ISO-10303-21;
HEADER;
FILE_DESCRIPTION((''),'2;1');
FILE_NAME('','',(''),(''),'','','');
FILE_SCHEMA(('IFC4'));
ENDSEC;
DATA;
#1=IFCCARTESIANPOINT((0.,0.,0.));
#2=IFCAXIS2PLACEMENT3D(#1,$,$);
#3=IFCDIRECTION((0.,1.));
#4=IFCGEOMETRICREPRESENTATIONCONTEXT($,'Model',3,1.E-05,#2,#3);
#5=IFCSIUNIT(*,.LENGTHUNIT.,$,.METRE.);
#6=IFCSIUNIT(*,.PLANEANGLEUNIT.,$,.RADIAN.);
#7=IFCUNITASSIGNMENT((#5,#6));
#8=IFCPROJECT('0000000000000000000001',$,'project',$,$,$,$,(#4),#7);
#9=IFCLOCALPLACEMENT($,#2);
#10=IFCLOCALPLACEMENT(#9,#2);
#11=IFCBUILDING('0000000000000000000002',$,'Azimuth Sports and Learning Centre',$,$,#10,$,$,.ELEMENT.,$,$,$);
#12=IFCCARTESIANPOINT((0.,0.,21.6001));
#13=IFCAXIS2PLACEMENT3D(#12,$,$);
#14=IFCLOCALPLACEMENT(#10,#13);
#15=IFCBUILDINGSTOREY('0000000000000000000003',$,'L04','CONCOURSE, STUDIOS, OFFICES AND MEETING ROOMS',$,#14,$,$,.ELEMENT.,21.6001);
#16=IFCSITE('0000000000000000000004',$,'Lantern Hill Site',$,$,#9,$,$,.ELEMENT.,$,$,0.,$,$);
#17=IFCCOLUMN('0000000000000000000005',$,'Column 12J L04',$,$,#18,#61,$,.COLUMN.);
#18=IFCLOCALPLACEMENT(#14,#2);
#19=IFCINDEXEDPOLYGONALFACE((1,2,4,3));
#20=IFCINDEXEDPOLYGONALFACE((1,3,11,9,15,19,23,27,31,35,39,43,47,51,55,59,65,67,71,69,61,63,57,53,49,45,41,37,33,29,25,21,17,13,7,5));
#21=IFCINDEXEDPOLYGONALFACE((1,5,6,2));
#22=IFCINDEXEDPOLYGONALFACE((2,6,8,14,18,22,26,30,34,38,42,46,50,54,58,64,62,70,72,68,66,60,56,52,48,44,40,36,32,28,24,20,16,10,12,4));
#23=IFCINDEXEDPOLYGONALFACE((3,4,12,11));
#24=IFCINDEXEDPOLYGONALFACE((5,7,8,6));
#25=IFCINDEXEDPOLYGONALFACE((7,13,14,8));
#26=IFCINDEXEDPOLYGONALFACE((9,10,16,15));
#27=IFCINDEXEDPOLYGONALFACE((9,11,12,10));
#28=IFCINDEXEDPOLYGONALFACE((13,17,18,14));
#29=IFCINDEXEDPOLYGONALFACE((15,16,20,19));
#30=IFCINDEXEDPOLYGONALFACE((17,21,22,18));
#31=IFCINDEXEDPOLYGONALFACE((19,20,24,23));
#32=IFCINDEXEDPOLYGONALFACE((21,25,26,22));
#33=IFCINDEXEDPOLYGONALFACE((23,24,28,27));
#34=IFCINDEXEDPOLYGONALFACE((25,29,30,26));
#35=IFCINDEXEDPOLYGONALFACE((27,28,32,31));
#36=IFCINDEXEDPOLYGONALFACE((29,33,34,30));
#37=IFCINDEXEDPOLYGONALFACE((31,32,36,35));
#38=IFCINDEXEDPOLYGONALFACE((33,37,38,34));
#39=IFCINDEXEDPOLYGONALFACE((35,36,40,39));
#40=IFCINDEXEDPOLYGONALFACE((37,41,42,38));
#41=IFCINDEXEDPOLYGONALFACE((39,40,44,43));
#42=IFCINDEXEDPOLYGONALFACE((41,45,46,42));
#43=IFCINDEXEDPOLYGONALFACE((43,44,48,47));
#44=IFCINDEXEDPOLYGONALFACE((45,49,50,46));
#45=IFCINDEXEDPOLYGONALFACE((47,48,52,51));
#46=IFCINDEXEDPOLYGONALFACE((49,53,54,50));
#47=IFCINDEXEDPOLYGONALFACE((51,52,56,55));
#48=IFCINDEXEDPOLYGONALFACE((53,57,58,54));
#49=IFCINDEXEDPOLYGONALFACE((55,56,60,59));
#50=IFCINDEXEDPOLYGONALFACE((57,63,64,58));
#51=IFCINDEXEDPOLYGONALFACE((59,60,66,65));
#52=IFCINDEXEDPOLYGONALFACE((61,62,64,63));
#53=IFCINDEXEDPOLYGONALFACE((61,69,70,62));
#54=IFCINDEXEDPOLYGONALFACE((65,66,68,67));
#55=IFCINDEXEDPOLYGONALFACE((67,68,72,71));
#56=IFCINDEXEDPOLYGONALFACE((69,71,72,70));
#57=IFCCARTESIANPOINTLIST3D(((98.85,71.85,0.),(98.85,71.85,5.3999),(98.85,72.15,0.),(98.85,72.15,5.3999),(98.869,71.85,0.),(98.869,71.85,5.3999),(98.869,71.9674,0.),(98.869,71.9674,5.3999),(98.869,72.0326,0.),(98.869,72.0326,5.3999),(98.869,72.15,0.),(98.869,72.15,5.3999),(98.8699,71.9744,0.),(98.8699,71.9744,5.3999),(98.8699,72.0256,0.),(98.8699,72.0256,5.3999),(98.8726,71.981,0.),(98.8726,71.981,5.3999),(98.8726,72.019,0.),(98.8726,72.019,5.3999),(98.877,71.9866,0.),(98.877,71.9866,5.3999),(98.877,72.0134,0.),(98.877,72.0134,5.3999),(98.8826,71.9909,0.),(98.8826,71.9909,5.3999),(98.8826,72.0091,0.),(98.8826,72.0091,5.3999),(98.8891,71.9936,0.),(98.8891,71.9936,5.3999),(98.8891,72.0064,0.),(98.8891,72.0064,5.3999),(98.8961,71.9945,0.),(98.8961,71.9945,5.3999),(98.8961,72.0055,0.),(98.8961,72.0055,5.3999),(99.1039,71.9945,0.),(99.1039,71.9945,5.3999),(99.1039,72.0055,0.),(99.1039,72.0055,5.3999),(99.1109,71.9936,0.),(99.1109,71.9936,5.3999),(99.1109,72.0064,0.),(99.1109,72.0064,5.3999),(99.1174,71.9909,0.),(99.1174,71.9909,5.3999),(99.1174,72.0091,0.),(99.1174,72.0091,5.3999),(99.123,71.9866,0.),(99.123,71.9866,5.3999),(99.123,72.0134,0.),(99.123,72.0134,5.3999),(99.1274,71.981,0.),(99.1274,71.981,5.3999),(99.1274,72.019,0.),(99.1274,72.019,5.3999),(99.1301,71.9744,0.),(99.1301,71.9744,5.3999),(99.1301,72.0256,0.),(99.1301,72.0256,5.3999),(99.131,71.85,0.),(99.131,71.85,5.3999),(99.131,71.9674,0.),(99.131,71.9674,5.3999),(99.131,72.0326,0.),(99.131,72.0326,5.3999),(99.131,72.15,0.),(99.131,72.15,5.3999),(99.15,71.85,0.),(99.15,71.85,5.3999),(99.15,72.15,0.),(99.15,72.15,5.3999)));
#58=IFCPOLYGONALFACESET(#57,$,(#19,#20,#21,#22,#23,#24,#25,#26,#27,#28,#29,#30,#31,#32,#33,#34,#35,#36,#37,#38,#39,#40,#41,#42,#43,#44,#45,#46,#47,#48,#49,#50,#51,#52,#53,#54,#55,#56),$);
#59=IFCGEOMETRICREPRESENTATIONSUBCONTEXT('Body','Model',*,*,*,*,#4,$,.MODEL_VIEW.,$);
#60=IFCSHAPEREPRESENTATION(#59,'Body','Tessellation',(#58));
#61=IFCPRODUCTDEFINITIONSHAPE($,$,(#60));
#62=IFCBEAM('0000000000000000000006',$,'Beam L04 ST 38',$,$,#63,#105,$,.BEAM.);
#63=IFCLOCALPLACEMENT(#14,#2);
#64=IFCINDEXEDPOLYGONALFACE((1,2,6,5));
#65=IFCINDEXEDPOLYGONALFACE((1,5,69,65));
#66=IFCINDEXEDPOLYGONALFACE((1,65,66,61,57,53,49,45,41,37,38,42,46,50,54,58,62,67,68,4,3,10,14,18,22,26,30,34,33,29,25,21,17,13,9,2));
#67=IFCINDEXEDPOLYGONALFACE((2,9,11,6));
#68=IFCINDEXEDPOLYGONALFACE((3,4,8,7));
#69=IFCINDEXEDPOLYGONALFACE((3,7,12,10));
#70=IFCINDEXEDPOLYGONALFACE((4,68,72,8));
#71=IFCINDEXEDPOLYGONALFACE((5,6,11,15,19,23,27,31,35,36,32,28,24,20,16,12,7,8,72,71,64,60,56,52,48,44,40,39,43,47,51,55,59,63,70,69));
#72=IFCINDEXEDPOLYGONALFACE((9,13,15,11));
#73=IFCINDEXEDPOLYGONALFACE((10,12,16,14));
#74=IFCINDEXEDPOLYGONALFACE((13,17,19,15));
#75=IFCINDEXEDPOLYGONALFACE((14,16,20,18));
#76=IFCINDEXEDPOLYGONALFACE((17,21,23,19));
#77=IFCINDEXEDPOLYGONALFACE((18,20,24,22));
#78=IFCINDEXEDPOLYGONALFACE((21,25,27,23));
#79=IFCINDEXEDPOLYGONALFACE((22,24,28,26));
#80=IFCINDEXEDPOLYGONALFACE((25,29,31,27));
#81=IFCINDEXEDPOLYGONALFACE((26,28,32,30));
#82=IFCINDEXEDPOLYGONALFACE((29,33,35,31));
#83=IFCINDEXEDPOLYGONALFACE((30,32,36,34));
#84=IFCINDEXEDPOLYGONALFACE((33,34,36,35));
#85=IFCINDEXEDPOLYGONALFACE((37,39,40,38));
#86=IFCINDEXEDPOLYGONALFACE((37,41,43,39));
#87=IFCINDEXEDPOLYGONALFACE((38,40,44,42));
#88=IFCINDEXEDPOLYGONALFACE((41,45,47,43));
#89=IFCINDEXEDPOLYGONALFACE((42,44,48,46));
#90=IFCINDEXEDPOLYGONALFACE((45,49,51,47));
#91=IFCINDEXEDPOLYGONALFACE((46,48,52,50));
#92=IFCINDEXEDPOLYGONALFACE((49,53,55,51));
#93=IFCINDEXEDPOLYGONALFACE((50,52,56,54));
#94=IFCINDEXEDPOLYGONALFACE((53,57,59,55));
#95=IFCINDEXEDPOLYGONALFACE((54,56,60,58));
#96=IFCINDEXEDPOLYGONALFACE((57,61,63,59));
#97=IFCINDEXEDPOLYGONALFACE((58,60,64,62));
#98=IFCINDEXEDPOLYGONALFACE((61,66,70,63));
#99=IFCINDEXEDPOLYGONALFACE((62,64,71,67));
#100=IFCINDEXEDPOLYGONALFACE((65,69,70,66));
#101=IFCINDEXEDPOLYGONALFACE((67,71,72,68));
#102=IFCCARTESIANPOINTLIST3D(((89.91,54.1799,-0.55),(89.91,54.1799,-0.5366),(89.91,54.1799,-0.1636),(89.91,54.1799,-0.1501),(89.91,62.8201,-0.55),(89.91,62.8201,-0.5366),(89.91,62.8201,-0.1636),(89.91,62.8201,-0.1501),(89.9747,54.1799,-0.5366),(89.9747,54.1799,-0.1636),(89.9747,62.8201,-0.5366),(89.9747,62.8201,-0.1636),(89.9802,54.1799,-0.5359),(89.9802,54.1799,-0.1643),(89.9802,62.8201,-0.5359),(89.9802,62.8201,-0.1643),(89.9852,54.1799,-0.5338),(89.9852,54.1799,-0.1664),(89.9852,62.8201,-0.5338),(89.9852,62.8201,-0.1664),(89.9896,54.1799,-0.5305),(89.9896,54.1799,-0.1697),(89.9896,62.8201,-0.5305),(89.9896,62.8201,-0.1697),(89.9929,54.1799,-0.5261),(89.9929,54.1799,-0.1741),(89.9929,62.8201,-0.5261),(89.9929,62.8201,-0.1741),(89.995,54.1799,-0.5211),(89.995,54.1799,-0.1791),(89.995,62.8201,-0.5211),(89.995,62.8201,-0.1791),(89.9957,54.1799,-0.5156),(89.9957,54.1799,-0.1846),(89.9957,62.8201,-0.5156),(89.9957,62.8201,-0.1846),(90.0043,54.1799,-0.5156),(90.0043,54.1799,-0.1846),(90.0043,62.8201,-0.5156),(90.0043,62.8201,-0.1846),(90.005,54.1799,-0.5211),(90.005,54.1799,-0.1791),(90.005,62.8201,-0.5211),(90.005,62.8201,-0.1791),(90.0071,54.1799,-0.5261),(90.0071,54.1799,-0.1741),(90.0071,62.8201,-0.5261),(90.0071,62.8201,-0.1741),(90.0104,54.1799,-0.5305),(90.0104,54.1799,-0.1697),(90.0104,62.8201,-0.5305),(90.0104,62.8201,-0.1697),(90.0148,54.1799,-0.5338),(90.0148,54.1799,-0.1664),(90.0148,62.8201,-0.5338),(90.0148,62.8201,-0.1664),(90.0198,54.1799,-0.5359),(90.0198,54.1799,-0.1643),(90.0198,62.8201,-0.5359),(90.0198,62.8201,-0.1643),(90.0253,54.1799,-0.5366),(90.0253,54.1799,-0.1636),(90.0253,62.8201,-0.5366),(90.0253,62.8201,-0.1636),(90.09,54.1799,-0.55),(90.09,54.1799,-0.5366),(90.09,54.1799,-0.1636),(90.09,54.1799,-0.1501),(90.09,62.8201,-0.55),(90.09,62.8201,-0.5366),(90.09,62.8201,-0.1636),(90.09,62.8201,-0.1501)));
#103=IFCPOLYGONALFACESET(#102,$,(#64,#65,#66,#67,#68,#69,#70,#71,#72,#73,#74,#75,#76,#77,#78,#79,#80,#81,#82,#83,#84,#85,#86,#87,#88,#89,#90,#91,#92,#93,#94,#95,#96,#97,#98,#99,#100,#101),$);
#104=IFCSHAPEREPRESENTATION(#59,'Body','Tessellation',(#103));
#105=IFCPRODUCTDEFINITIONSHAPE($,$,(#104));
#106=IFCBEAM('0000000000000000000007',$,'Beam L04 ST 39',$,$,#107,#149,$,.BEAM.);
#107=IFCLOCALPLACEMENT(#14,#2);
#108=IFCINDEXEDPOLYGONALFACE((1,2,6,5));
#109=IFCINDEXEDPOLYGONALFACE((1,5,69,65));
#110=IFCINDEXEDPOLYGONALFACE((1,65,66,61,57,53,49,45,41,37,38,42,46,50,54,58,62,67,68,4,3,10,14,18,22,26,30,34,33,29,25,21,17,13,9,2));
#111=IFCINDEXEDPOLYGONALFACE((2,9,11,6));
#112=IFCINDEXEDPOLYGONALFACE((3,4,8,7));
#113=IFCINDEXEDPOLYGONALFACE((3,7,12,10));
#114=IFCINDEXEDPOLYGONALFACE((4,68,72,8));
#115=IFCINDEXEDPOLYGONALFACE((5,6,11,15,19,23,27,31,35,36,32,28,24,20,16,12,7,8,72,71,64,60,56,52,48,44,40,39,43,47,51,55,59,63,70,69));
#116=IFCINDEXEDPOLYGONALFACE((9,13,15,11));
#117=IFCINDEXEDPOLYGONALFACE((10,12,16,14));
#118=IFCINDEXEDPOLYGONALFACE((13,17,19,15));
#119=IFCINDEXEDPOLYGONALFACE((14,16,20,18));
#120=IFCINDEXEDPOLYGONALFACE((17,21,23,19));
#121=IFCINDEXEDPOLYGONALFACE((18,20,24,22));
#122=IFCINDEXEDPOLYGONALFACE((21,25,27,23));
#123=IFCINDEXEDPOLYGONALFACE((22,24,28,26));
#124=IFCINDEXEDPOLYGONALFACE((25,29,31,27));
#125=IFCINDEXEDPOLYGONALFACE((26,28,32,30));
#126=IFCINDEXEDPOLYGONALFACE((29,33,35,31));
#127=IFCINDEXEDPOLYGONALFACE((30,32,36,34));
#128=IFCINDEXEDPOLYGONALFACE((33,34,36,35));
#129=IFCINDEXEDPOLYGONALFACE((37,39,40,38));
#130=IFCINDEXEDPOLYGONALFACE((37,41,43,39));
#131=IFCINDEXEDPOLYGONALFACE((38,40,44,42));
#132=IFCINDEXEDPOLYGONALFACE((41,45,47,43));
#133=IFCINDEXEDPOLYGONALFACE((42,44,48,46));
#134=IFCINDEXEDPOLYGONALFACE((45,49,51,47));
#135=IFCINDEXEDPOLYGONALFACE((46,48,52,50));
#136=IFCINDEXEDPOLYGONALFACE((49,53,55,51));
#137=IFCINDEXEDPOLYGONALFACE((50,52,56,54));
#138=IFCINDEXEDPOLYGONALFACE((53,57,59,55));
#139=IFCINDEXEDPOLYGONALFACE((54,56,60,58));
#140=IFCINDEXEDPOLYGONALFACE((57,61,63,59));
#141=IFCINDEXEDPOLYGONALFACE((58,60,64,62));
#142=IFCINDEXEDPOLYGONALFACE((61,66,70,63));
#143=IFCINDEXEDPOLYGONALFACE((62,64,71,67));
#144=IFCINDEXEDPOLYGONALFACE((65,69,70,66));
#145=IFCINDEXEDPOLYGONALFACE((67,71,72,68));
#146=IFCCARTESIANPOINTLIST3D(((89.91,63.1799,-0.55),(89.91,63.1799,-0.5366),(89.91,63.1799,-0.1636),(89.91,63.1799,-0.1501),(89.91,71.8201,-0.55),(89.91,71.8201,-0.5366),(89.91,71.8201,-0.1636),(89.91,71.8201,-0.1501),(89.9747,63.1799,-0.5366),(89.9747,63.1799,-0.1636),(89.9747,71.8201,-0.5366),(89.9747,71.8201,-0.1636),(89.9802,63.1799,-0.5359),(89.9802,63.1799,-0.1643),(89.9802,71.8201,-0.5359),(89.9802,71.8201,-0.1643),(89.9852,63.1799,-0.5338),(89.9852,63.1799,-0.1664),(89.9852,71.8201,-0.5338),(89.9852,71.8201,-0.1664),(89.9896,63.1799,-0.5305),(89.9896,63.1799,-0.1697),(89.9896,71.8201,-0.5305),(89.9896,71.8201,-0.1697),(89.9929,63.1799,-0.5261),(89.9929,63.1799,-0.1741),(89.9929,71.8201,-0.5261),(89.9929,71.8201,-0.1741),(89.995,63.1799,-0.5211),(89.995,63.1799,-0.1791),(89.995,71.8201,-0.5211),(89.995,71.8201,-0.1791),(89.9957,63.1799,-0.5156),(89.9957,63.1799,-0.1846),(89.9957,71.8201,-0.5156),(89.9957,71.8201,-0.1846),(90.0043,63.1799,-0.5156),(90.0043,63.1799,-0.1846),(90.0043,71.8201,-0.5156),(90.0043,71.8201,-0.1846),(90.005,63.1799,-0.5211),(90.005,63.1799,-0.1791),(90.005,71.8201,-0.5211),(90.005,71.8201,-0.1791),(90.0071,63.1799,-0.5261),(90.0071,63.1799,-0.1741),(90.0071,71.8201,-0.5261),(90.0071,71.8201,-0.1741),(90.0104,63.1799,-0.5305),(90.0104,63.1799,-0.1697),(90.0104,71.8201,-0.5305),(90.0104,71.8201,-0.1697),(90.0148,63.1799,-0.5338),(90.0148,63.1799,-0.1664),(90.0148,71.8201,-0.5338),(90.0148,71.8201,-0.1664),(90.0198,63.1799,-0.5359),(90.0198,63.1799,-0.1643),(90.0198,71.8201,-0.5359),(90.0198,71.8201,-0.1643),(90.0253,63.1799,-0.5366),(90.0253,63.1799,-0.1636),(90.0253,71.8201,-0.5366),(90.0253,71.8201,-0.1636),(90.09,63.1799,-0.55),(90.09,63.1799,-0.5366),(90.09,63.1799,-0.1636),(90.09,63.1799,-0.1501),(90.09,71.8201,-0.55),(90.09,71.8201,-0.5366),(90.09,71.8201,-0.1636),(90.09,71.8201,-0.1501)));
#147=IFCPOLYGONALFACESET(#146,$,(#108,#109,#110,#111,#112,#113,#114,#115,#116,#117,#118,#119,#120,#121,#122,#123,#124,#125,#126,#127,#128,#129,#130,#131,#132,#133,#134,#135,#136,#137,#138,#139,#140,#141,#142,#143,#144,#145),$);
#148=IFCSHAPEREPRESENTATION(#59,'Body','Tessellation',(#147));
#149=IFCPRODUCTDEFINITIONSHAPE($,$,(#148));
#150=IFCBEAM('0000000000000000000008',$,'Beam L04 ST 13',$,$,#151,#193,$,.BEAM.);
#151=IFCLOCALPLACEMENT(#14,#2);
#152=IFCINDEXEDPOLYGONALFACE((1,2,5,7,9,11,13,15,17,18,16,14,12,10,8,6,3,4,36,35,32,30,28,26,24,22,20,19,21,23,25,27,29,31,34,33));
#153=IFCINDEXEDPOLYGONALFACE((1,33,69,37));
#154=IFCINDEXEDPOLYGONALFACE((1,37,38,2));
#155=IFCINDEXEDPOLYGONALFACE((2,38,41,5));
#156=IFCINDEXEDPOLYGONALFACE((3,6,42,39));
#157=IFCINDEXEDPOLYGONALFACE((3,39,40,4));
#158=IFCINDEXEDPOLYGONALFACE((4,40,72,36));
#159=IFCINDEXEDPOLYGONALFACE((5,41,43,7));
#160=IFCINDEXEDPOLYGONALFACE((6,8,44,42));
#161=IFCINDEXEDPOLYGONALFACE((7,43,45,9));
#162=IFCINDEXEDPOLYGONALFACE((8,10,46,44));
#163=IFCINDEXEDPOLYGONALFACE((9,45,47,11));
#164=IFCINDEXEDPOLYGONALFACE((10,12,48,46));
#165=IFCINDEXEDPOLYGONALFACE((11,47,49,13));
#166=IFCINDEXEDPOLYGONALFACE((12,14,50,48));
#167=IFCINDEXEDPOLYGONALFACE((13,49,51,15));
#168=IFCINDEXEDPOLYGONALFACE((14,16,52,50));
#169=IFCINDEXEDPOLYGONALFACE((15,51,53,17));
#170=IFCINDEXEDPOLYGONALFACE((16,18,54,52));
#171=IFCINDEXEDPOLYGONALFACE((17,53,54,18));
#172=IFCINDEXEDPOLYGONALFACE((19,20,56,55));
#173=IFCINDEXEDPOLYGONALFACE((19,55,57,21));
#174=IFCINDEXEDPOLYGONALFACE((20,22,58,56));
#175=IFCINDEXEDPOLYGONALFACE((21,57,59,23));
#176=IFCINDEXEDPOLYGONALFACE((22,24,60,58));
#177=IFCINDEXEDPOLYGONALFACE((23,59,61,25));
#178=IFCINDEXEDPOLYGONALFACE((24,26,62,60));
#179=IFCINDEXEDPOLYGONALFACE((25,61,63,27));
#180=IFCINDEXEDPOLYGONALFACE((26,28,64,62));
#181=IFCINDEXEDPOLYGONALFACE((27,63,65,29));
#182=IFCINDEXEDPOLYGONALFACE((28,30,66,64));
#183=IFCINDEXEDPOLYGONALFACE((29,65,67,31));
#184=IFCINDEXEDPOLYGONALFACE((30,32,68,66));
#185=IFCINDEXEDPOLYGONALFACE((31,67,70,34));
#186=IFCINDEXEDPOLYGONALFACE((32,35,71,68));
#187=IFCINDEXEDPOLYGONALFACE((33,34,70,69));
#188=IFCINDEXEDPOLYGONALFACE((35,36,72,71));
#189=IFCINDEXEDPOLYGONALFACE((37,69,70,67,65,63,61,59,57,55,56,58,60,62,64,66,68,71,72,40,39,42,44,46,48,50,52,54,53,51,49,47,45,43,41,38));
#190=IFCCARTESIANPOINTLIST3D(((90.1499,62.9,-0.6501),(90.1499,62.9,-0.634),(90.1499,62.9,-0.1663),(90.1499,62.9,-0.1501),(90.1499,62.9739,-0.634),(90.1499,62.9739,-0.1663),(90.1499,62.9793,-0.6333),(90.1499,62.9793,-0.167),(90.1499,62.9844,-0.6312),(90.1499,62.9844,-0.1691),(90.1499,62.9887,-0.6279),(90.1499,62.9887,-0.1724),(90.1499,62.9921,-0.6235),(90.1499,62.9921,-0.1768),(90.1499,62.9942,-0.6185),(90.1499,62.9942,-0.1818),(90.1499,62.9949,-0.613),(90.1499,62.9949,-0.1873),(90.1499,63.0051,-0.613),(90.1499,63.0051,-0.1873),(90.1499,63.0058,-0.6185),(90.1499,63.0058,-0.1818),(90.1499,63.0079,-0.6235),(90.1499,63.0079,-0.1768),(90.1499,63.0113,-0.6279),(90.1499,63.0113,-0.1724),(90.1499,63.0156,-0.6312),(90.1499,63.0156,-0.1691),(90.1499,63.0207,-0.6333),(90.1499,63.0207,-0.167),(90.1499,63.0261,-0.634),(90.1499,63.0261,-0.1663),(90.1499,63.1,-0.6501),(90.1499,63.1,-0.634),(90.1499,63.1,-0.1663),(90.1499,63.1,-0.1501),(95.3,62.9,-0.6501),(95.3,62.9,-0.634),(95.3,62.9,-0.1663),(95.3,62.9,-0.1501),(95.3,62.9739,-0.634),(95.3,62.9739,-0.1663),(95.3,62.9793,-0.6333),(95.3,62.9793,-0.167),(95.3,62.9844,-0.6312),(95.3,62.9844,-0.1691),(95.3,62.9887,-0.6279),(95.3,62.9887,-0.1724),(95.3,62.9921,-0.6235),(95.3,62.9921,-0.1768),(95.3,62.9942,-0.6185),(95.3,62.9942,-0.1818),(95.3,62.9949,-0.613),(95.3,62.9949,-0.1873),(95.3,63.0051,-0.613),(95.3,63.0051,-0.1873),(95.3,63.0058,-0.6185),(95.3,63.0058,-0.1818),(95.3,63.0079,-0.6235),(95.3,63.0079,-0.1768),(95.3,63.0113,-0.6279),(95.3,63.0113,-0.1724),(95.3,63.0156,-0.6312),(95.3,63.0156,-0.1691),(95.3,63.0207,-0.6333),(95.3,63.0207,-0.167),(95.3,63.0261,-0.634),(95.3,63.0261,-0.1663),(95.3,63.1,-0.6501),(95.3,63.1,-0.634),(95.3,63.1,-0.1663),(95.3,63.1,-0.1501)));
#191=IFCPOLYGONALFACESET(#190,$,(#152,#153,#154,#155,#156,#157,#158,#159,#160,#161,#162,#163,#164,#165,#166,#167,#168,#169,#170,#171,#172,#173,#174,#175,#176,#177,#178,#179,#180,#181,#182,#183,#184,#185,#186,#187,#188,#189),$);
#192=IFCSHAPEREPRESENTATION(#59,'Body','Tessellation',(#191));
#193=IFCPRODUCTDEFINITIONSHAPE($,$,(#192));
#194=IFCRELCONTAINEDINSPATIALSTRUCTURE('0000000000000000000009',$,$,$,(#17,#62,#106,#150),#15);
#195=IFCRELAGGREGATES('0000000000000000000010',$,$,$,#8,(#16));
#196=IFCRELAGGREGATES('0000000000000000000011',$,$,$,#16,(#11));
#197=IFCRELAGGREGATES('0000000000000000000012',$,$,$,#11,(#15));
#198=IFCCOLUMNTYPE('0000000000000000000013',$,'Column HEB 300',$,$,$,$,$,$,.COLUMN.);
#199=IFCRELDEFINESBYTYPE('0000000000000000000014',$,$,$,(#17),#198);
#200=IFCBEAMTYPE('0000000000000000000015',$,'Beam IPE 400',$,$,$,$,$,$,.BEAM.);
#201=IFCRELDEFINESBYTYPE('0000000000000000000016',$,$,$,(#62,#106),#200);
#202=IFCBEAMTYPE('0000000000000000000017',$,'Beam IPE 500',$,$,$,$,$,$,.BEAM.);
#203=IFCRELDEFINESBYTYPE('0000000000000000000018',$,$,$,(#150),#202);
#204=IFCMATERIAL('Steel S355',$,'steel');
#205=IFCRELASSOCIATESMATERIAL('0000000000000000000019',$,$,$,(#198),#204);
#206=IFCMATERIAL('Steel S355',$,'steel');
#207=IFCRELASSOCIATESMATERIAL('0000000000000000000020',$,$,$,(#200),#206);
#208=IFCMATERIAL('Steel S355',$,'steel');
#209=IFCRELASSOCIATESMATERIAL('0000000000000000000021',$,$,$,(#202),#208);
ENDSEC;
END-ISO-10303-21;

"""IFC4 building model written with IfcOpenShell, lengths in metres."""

from ifc_helpers import new_model, si_unit, direction, frame, origin, origin_2d, place, context, subcontext, project, spatial, i_section, extrude, material, material_profile, profile_set, type_object, element, save


model = new_model("IFC4")

# Units and contexts
model_context = context("Model", 3, precision=1e-05, world=origin(), true_north=direction((0.0, 1.0)))
body_context = subcontext(model_context, "Body", "Model", "MODEL_VIEW")
ifc_project = project(units=[si_unit("LENGTHUNIT", "METRE"), si_unit("PLANEANGLEUNIT", "RADIAN")], contexts=[model_context])

# Site, building, storey
site_placement = place(None, origin())
site = spatial("IfcSite", under=ifc_project, at=site_placement, Name="Lantern Hill Site", CompositionType="ELEMENT", RefElevation=0.0)
building_placement = place(site_placement, origin())
building = spatial("IfcBuilding", under=site, at=building_placement, Name="Azimuth Sports and Learning Centre", CompositionType="ELEMENT")
storey_placement = place(building_placement, frame((0.0, 0.0, 21.6001)))
storey = spatial("IfcBuildingStorey", under=building, at=storey_placement, Name="L04", Description="CONCOURSE, STUDIOS, OFFICES AND MEETING ROOMS", CompositionType="ELEMENT", Elevation=21.6001)

# Column
ifc_material_1 = material(Name="Steel S355", Category="steel")
ifc_material_profile_1 = material_profile(ifc_material_1, i_section(OverallWidth=0.3, OverallDepth=0.3, WebThickness=0.011, FlangeThickness=0.019, FilletRadius=0.0271, at=origin_2d()), Name="HEB 300")
ifc_profile_set_1 = profile_set([ifc_material_profile_1], Name="Steel S355")
column_type = type_object("IfcColumnType", Name="Column HEB 300", PredefinedType="COLUMN", material=ifc_profile_set_1)
for number, where, z_axis, x_axis, name in (
    (1, (99.0, 72.0, 0.0), (0.0, 0.0, 1.0), (0.0, 1.0, 0.0), "Column 12J L04"),
):
    element("IfcColumn", number, at=place(storey_placement, frame(where, z_axis=z_axis, x_axis=x_axis)), inside=storey, type_object=column_type, Name=name, PredefinedType="COLUMN", context=body_context, shape_type="SweptSolid", body=[
        extrude(i_section(OverallWidth=0.3, OverallDepth=0.3, WebThickness=0.011, FlangeThickness=0.019, FilletRadius=0.0271, at=origin_2d()), origin(), (0.0, 0.0, 1.0), 5.3999),
    ])

# Beams
ifc_material_2 = material(Name="Steel S355", Category="steel")
ifc_material_profile_2 = material_profile(ifc_material_2, i_section(OverallWidth=0.1799, OverallDepth=0.3999, WebThickness=0.0085, FlangeThickness=0.0134, FilletRadius=0.021, at=origin_2d()), Name="IPE 400")
ifc_profile_set_2 = profile_set([ifc_material_profile_2], Name="Steel S355")
beam_type_1 = type_object("IfcBeamType", Name="Beam IPE 400", PredefinedType="BEAM", material=ifc_profile_set_2)
for number, where, z_axis, x_axis, name in (
    (2, (90.0, 54.1799, -0.3501), (0.0, 1.0, 0.0), (-1.0, 0.0, 0.0), "Beam L04 ST 38"),
    (3, (90.0, 63.1799, -0.3501), (0.0, 1.0, 0.0), (-1.0, 0.0, 0.0), "Beam L04 ST 39"),
):
    element("IfcBeam", number, at=place(storey_placement, frame(where, z_axis=z_axis, x_axis=x_axis)), inside=storey, type_object=beam_type_1, Name=name, PredefinedType="BEAM", context=body_context, shape_type="SweptSolid", body=[
        extrude(i_section(OverallWidth=0.1799, OverallDepth=0.3999, WebThickness=0.0085, FlangeThickness=0.0134, FilletRadius=0.021, at=origin_2d()), origin(), (0.0, 0.0, 1.0), 8.6401),
    ])
ifc_material_3 = material(Name="Steel S355", Category="steel")
ifc_material_profile_3 = material_profile(ifc_material_3, i_section(OverallWidth=0.2, OverallDepth=0.5, WebThickness=0.0103, FlangeThickness=0.0161, FilletRadius=0.021, at=origin_2d()), Name="IPE 500")
ifc_profile_set_3 = profile_set([ifc_material_profile_3], Name="Steel S355")
beam_type_2 = type_object("IfcBeamType", Name="Beam IPE 500", PredefinedType="BEAM", material=ifc_profile_set_3)
beam_1_placement = place(storey_placement, frame((90.1499, 63.0, -0.4001), z_axis=(1.0, 0.0, 0.0), x_axis=(0.0, 1.0, 0.0)))
element("IfcBeam", 4, at=beam_1_placement, inside=storey, type_object=beam_type_2, Name="Beam L04 ST 13", PredefinedType="BEAM", context=body_context, shape_type="SweptSolid", body=[
    extrude(i_section(OverallWidth=0.2, OverallDepth=0.5, WebThickness=0.0103, FlangeThickness=0.0161, FilletRadius=0.021, at=origin_2d()), origin(), (0.0, 0.0, 1.0), 5.1501),
])

save(model, "model.ifc")
